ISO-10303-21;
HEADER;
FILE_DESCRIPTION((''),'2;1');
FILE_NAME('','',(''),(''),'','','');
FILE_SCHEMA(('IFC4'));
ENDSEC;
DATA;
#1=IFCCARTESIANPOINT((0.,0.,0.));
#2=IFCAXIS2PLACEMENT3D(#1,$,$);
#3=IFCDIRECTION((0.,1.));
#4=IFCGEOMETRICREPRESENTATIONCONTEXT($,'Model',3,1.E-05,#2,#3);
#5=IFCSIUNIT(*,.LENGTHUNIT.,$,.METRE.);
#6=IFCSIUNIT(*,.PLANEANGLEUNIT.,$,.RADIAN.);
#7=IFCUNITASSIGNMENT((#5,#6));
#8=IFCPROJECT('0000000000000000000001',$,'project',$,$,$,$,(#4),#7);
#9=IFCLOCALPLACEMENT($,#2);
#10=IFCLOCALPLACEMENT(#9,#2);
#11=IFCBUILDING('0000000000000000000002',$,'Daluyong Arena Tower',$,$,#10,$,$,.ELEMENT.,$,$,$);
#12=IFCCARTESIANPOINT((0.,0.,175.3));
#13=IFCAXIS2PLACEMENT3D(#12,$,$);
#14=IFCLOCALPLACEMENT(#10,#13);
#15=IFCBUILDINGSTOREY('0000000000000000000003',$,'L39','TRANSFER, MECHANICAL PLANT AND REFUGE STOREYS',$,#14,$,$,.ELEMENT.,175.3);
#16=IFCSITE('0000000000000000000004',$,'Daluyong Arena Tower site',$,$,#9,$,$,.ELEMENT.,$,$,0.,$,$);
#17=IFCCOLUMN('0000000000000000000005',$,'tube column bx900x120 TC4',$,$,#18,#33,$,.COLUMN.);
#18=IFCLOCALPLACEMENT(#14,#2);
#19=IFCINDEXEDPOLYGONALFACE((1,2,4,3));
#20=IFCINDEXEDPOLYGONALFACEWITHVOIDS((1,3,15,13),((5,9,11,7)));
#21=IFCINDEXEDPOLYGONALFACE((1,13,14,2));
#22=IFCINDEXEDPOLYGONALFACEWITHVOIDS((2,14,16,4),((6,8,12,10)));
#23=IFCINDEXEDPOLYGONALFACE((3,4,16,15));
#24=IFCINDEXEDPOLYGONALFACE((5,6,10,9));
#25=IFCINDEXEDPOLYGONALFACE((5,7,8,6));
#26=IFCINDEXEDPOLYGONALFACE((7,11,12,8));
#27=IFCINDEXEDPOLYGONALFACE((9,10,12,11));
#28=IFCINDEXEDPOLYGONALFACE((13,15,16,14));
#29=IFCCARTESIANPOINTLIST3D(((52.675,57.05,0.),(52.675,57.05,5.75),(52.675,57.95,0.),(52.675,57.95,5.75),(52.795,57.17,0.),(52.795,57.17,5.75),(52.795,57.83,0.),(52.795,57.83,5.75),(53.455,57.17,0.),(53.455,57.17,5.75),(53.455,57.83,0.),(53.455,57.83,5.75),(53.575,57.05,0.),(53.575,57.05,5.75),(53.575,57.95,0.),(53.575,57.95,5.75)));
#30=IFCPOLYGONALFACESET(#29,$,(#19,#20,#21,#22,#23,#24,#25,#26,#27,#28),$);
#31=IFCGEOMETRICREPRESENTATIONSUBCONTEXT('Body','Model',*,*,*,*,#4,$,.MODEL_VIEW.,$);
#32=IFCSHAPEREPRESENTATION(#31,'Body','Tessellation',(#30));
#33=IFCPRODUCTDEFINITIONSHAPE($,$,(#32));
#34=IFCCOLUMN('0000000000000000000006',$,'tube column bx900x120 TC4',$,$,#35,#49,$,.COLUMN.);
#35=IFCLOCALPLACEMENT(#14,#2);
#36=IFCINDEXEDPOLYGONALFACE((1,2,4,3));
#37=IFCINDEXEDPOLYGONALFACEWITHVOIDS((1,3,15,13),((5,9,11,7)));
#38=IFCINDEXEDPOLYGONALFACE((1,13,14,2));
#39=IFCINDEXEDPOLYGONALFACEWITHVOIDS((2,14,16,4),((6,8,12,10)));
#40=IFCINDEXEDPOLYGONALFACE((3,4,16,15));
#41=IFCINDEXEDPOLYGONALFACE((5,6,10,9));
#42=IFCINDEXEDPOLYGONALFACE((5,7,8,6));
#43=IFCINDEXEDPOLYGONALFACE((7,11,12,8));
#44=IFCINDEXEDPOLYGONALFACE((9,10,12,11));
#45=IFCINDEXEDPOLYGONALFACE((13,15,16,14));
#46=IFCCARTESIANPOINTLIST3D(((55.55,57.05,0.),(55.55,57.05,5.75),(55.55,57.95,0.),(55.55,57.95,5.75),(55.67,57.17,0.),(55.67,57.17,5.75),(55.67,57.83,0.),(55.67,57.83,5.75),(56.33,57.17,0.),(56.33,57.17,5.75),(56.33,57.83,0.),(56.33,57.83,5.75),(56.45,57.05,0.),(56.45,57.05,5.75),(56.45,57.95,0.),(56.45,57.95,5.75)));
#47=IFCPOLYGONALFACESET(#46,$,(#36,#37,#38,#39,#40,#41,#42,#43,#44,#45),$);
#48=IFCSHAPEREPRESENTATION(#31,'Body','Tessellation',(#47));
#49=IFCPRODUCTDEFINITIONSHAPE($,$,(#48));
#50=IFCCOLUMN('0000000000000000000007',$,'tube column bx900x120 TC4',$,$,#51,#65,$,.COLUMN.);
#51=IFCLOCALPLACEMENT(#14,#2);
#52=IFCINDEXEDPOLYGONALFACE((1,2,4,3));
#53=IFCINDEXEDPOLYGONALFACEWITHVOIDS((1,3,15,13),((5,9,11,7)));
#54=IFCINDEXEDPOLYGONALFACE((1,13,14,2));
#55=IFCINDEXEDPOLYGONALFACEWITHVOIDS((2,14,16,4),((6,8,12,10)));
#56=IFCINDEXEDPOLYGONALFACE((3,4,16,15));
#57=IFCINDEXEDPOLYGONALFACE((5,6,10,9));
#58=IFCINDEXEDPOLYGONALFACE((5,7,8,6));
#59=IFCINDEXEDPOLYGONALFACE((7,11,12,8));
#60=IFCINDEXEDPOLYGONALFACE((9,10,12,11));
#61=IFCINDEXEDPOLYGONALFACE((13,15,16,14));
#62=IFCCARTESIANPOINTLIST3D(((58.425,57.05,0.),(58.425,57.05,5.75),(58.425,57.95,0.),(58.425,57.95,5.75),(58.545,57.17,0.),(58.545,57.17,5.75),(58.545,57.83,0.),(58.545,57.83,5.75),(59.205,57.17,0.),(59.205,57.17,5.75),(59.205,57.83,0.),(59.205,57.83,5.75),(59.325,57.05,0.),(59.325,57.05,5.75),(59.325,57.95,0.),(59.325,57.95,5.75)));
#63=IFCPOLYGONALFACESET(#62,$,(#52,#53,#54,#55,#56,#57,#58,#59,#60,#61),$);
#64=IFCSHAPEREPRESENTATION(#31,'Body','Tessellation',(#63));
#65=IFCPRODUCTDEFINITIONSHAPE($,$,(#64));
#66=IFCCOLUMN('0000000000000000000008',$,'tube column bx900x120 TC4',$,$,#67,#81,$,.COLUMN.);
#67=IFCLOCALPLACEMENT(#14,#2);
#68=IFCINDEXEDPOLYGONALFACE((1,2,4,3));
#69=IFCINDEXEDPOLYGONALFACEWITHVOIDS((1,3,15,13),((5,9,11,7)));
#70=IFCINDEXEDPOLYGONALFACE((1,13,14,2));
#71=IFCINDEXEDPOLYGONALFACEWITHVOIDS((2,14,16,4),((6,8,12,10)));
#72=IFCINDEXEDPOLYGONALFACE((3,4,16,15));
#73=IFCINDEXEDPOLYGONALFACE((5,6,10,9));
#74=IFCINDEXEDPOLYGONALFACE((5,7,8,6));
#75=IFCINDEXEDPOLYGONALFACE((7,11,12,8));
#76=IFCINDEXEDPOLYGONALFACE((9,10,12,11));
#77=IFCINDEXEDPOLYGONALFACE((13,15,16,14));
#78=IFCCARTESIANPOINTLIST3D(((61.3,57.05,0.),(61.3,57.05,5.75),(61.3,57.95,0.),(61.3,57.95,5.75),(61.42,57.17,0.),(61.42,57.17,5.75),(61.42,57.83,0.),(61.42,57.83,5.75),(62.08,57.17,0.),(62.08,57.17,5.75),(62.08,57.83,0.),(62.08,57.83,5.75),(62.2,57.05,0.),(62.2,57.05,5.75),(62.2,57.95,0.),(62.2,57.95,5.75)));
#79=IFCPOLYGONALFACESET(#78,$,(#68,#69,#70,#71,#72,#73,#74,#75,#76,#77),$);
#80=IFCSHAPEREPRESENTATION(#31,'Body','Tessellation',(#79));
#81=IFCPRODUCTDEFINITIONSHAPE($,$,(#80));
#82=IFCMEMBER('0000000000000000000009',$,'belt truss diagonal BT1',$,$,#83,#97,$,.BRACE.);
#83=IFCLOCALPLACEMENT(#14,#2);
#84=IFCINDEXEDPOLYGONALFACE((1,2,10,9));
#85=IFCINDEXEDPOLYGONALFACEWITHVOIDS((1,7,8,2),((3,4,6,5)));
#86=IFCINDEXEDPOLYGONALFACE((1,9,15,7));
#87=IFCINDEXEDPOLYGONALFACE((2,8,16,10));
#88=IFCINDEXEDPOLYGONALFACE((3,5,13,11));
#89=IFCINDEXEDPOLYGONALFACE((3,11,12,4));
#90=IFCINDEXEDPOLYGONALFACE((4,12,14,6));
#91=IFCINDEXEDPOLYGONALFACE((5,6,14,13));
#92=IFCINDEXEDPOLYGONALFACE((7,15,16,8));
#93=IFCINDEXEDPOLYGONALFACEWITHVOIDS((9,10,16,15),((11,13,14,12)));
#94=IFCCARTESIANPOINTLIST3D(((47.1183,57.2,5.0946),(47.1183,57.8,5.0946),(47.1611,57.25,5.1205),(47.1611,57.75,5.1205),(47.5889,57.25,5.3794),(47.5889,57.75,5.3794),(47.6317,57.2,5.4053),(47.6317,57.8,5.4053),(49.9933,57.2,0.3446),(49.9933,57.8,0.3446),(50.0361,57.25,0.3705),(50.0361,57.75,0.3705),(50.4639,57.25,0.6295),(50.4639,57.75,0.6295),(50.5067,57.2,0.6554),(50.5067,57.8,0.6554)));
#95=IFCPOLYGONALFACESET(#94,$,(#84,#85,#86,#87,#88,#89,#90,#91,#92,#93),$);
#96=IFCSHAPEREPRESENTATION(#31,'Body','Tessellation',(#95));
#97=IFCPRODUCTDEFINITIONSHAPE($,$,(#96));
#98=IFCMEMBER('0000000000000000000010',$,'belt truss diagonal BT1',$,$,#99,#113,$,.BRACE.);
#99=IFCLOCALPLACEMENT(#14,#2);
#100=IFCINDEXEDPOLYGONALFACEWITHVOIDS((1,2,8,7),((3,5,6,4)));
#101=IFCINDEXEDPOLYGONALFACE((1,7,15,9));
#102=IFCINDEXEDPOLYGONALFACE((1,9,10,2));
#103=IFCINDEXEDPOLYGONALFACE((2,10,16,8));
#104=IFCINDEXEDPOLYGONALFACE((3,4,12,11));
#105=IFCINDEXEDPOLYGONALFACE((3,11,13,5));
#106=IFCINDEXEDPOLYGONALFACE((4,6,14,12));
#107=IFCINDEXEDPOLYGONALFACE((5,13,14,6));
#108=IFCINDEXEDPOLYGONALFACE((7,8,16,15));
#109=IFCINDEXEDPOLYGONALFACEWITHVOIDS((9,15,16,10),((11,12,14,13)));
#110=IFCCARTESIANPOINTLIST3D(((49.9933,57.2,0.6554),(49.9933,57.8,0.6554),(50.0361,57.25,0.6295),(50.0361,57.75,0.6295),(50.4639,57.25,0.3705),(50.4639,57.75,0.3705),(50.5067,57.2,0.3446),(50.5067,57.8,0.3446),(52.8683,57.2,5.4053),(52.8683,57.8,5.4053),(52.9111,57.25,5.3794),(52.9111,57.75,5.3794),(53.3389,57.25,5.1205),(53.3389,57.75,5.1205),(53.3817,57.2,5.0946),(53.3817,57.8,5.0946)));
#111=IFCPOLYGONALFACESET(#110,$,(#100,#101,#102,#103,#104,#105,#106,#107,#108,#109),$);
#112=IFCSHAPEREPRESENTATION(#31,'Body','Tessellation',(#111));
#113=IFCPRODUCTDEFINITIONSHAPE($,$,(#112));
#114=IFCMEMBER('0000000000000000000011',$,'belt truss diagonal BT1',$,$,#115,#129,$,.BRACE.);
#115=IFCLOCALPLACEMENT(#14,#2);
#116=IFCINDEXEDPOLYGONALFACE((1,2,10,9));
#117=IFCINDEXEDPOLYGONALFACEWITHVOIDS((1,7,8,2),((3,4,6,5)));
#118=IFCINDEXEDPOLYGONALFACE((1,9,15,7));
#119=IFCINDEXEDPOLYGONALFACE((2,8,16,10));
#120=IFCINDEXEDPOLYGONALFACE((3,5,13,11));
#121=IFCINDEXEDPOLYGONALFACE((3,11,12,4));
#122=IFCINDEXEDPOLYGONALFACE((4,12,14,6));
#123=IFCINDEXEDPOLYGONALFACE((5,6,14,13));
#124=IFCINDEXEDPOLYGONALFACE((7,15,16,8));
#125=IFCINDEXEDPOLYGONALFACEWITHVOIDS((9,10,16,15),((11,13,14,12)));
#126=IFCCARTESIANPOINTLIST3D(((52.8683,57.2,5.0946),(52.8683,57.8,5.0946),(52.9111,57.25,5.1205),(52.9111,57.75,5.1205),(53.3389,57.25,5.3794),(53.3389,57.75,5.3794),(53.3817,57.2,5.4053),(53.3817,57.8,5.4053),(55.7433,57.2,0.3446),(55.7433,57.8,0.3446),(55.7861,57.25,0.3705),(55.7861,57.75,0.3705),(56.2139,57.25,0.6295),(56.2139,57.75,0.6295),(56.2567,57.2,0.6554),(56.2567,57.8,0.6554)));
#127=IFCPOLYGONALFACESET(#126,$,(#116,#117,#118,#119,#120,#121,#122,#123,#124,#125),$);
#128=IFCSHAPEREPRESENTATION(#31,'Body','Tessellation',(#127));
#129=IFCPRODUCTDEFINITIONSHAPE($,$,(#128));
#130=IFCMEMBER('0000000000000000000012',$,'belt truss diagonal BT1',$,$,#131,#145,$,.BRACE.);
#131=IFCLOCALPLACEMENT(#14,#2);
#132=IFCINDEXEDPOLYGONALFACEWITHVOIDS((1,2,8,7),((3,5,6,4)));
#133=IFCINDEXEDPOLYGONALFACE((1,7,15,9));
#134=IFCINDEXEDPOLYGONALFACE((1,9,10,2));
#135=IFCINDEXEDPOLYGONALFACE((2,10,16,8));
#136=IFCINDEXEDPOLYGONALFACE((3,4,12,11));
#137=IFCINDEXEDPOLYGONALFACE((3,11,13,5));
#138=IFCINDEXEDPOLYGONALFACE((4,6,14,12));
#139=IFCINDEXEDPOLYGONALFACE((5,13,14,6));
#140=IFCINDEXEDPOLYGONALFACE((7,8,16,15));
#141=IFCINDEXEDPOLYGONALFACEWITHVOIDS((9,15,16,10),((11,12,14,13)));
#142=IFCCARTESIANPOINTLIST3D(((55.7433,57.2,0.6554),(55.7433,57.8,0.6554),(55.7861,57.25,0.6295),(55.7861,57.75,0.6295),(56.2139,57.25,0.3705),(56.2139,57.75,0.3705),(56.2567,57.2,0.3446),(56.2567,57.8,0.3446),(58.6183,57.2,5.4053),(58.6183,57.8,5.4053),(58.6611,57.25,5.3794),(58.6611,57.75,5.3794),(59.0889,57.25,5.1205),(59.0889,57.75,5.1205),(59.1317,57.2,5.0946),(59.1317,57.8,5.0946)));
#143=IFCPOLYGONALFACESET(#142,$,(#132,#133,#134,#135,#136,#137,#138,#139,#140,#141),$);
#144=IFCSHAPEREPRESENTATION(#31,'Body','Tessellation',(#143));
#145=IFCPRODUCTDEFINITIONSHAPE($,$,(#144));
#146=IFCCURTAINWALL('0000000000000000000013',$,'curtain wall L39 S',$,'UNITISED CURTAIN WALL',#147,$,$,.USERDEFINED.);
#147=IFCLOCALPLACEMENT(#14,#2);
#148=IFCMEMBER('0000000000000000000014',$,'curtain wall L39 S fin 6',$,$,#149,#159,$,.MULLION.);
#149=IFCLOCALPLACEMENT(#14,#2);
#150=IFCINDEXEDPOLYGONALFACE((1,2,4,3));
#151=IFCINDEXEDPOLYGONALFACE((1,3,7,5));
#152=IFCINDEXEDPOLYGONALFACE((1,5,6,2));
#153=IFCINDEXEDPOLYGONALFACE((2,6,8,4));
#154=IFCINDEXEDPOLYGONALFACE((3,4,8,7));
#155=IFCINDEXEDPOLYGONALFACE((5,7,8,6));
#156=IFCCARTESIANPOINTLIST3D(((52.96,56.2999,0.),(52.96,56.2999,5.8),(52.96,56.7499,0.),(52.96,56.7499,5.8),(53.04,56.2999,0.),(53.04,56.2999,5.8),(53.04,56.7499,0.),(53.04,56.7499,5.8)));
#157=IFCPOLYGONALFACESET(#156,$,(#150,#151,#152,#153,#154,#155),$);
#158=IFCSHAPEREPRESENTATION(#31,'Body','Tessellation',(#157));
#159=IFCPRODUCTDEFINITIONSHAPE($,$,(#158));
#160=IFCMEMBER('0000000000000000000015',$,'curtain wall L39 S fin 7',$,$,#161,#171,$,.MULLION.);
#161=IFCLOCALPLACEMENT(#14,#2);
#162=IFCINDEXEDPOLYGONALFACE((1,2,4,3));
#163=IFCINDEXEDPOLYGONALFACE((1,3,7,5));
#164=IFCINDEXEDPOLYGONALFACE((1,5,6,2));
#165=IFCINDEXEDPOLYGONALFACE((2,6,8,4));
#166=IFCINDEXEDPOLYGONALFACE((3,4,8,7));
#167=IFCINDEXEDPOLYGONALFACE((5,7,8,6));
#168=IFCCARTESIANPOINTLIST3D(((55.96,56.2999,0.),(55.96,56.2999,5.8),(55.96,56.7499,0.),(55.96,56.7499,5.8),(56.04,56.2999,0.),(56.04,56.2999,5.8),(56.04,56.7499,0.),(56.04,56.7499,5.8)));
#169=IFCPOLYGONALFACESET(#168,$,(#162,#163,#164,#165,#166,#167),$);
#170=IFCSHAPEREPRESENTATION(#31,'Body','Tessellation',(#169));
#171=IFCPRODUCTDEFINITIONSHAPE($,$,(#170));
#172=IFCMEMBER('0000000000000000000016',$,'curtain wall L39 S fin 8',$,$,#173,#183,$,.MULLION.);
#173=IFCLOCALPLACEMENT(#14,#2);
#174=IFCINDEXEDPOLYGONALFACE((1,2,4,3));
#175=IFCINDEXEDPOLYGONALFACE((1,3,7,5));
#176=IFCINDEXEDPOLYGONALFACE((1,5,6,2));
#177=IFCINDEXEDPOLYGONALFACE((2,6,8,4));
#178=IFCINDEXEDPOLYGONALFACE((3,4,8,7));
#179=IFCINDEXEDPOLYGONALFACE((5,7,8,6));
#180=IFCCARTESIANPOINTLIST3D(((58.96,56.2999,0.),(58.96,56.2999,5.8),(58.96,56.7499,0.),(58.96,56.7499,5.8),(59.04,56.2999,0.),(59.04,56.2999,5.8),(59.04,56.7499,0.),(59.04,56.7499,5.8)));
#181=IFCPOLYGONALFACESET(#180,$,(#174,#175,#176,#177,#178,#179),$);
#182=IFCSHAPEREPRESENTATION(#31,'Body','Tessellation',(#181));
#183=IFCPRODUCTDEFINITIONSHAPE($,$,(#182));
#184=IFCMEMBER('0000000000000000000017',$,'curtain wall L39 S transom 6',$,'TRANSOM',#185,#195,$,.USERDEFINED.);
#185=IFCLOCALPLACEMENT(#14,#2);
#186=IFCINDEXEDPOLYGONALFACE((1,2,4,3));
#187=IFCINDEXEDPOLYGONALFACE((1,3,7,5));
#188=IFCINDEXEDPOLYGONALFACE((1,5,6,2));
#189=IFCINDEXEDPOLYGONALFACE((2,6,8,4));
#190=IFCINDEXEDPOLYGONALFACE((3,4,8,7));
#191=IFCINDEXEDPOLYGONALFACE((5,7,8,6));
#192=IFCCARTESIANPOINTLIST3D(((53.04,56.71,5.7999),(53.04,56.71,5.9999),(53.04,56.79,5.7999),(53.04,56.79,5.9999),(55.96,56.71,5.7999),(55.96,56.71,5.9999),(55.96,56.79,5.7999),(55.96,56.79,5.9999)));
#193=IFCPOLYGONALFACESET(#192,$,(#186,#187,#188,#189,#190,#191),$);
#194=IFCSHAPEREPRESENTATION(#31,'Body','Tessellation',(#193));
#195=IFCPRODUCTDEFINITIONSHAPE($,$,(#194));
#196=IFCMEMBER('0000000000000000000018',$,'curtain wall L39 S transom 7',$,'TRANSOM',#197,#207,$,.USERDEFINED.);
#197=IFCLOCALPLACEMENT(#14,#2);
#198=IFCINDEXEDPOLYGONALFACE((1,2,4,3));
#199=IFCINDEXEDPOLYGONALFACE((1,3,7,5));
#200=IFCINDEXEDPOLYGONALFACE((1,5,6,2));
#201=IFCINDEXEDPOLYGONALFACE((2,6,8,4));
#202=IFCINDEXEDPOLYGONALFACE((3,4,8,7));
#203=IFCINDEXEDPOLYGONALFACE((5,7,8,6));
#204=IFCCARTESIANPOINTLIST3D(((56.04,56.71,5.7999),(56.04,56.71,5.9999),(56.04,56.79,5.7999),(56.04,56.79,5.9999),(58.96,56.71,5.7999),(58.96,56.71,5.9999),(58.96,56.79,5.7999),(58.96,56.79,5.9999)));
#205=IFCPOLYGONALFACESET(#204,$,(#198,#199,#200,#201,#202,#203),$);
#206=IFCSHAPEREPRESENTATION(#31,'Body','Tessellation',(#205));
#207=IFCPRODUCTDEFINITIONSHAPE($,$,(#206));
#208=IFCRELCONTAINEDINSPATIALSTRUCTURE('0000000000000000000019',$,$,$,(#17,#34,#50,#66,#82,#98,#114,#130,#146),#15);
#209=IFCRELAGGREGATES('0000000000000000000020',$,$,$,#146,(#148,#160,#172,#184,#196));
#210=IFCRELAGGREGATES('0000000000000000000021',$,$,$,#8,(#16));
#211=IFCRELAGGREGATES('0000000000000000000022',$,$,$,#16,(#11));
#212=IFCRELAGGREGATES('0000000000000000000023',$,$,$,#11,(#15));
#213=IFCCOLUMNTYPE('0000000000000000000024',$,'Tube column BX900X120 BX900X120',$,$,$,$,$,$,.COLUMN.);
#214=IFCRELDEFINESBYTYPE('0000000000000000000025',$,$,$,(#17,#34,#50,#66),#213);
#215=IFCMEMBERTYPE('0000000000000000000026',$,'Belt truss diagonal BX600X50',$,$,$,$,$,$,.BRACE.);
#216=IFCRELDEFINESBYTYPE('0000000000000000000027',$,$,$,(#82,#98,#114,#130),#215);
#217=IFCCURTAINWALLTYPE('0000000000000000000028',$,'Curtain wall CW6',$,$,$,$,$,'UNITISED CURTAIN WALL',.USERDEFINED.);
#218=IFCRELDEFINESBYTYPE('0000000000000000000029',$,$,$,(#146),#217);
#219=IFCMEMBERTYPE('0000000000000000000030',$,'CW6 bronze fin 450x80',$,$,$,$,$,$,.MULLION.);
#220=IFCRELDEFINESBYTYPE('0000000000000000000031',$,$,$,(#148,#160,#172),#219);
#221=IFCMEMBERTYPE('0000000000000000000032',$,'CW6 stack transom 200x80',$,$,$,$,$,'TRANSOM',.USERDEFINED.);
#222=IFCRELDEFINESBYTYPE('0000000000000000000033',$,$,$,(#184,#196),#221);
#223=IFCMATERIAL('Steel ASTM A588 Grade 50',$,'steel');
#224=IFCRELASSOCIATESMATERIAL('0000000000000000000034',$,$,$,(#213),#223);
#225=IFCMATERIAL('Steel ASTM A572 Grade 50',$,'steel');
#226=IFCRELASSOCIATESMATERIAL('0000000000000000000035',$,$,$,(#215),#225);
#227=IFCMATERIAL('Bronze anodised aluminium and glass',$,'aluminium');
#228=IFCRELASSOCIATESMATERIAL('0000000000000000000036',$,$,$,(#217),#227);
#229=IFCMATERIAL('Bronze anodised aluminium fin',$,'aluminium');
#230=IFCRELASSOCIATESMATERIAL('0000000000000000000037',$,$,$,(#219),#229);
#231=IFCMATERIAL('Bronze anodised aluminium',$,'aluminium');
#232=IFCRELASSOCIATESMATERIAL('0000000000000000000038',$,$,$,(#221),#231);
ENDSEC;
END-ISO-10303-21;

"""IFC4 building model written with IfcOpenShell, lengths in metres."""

from ifc_helpers import new_model, si_unit, direction, frame, origin, origin_2d, place, context, subcontext, project, spatial, rectangle, hollow_rectangle, extrude, material, material_profile, profile_set, type_object, element, aggregate, save


model = new_model("IFC4")

# Units and contexts
model_context = context("Model", 3, precision=1e-05, world=origin(), true_north=direction((0.0, 1.0)))
body_context = subcontext(model_context, "Body", "Model", "MODEL_VIEW")
ifc_project = project(units=[si_unit("LENGTHUNIT", "METRE"), si_unit("PLANEANGLEUNIT", "RADIAN")], contexts=[model_context])

# Site, building, storey
site_placement = place(None, origin())
site = spatial("IfcSite", under=ifc_project, at=site_placement, Name="Daluyong Arena Tower site", CompositionType="ELEMENT", RefElevation=0.0)
building_placement = place(site_placement, origin())
building = spatial("IfcBuilding", under=site, at=building_placement, Name="Daluyong Arena Tower", CompositionType="ELEMENT")
storey_placement = place(building_placement, frame((0.0, 0.0, 175.3)))
storey = spatial("IfcBuildingStorey", under=building, at=storey_placement, Name="L39", Description="TRANSFER, MECHANICAL PLANT AND REFUGE STOREYS", CompositionType="ELEMENT", Elevation=175.3)

# Columns
ifc_material_1 = material(Name="Steel ASTM A588 Grade 50", Category="steel")
ifc_material_profile_1 = material_profile(ifc_material_1, hollow_rectangle(XDim=0.8999, YDim=0.8999, WallThickness=0.12, at=origin_2d()))
ifc_profile_set_1 = profile_set([ifc_material_profile_1], Name="Steel ASTM A588 Grade 50")
column_type = type_object("IfcColumnType", Name="Tube column BX900X120 BX900X120", PredefinedType="COLUMN", material=ifc_profile_set_1)
for number, where, z_axis, x_axis, name in (
    (1, (53.125, 57.5, 0.0), (0.0, 0.0, 1.0), (1.0, 0.0, 0.0), "tube column bx900x120 TC4"),
    (2, (56.0, 57.5, 0.0), (0.0, 0.0, 1.0), (1.0, 0.0, 0.0), "tube column bx900x120 TC4"),
    (3, (58.875, 57.5, 0.0), (0.0, 0.0, 1.0), (1.0, 0.0, 0.0), "tube column bx900x120 TC4"),
    (4, (61.75, 57.5, 0.0), (0.0, 0.0, 1.0), (1.0, 0.0, 0.0), "tube column bx900x120 TC4"),
):
    element("IfcColumn", number, at=place(storey_placement, frame(where, z_axis=z_axis, x_axis=x_axis)), inside=storey, type_object=column_type, Name=name, PredefinedType="COLUMN", context=body_context, shape_type="SweptSolid", body=[
        extrude(hollow_rectangle(XDim=0.8999, YDim=0.8999, WallThickness=0.12, at=origin_2d()), origin(), (0.0, 0.0, 1.0), 5.75),
    ])

# Members
ifc_material_2 = material(Name="Steel ASTM A572 Grade 50", Category="steel")
ifc_material_profile_2 = material_profile(ifc_material_2, hollow_rectangle(XDim=0.6001, YDim=0.6001, WallThickness=0.05, at=origin_2d()))
ifc_profile_set_2 = profile_set([ifc_material_profile_2], Name="Steel ASTM A572 Grade 50")
member_type_1 = type_object("IfcMemberType", Name="Belt truss diagonal BX600X50", PredefinedType="BRACE", material=ifc_profile_set_2)
for number, where, z_axis, x_axis, name in (
    (5, (50.25, 57.5, 0.5), (-0.517803, 0.0, 0.8555), (0.0, -1.0, 0.0), "belt truss diagonal BT1"),
    (6, (50.25, 57.5, 0.5), (0.517803, 0.0, 0.8555), (0.0, 1.0, 0.0), "belt truss diagonal BT1"),
    (7, (56.0, 57.5, 0.5), (-0.517803, 0.0, 0.8555), (0.0, -1.0, 0.0), "belt truss diagonal BT1"),
    (8, (56.0, 57.5, 0.5), (0.517803, 0.0, 0.8555), (0.0, 1.0, 0.0), "belt truss diagonal BT1"),
):
    element("IfcMember", number, at=place(storey_placement, frame(where, z_axis=z_axis, x_axis=x_axis)), inside=storey, type_object=member_type_1, Name=name, PredefinedType="BRACE", context=body_context, shape_type="SweptSolid", body=[
        extrude(hollow_rectangle(XDim=0.6001, YDim=0.6001, WallThickness=0.05, at=origin_2d()), origin(), (0.0, 0.0, 1.0), 5.5522),
    ])

# Curtain wall, members
ifc_material_3 = material(Name="Bronze anodised aluminium and glass", Category="aluminium")
curtain_wall_type = type_object("IfcCurtainWallType", Name="Curtain wall CW6", ElementType="UNITISED CURTAIN WALL", PredefinedType="USERDEFINED", material=ifc_material_3)
curtain_wall_placement = place(storey_placement, origin())
curtain_wall = element("IfcCurtainWall", 9, at=curtain_wall_placement, inside=storey, type_object=curtain_wall_type, Name="curtain wall L39 S", ObjectType="UNITISED CURTAIN WALL", PredefinedType="USERDEFINED")
ifc_material_4 = material(Name="Bronze anodised aluminium fin", Category="aluminium")
ifc_material_profile_3 = material_profile(ifc_material_4, rectangle(XDim=0.45, YDim=0.0801, at=origin_2d()))
ifc_profile_set_3 = profile_set([ifc_material_profile_3], Name="Bronze anodised aluminium fin")
member_type_2 = type_object("IfcMemberType", Name="CW6 bronze fin 450x80", PredefinedType="MULLION", material=ifc_profile_set_3)
member_1_placement = place(storey_placement, frame((53.0, 56.5249, 0.0), z_axis=(0.0, 0.0, 1.0), x_axis=(0.0, 1.0, 0.0)))
member_1 = element("IfcMember", 10, at=member_1_placement, type_object=member_type_2, Name="curtain wall L39 S fin 6", PredefinedType="MULLION", context=body_context, shape_type="SweptSolid", body=[
    extrude(rectangle(XDim=0.45, YDim=0.0801, at=origin_2d()), origin(), (0.0, 0.0, 1.0), 5.8),
])
member_2_placement = place(storey_placement, frame((56.0, 56.5249, 0.0), z_axis=(0.0, 0.0, 1.0), x_axis=(0.0, 1.0, 0.0)))
member_2 = element("IfcMember", 11, at=member_2_placement, type_object=member_type_2, Name="curtain wall L39 S fin 7", PredefinedType="MULLION", context=body_context, shape_type="SweptSolid", body=[
    extrude(rectangle(XDim=0.45, YDim=0.0801, at=origin_2d()), origin(), (0.0, 0.0, 1.0), 5.8),
])
member_3_placement = place(storey_placement, frame((59.0, 56.5249, 0.0), z_axis=(0.0, 0.0, 1.0), x_axis=(0.0, 1.0, 0.0)))
member_3 = element("IfcMember", 12, at=member_3_placement, type_object=member_type_2, Name="curtain wall L39 S fin 8", PredefinedType="MULLION", context=body_context, shape_type="SweptSolid", body=[
    extrude(rectangle(XDim=0.45, YDim=0.0801, at=origin_2d()), origin(), (0.0, 0.0, 1.0), 5.8),
])
ifc_material_5 = material(Name="Bronze anodised aluminium", Category="aluminium")
ifc_material_profile_4 = material_profile(ifc_material_5, rectangle(XDim=0.0801, YDim=0.2, at=origin_2d()))
ifc_profile_set_4 = profile_set([ifc_material_profile_4], Name="Bronze anodised aluminium")
member_type_3 = type_object("IfcMemberType", Name="CW6 stack transom 200x80", ElementType="TRANSOM", PredefinedType="USERDEFINED", material=ifc_profile_set_4)
member_4_placement = place(storey_placement, frame((53.04, 56.75, 5.8999), z_axis=(1.0, 0.0, 0.0), x_axis=(0.0, 1.0, 0.0)))
member_4 = element("IfcMember", 13, at=member_4_placement, type_object=member_type_3, Name="curtain wall L39 S transom 6", ObjectType="TRANSOM", PredefinedType="USERDEFINED", context=body_context, shape_type="SweptSolid", body=[
    extrude(rectangle(XDim=0.0801, YDim=0.2, at=origin_2d()), origin(), (0.0, 0.0, 1.0), 2.9199),
])
member_5_placement = place(storey_placement, frame((56.04, 56.75, 5.8999), z_axis=(1.0, 0.0, 0.0), x_axis=(0.0, 1.0, 0.0)))
member_5 = element("IfcMember", 14, at=member_5_placement, type_object=member_type_3, Name="curtain wall L39 S transom 7", ObjectType="TRANSOM", PredefinedType="USERDEFINED", context=body_context, shape_type="SweptSolid", body=[
    extrude(rectangle(XDim=0.0801, YDim=0.2, at=origin_2d()), origin(), (0.0, 0.0, 1.0), 2.9199),
])

aggregate(curtain_wall, [member_1, member_2, member_3, member_4, member_5])

save(model, "model.ifc")
